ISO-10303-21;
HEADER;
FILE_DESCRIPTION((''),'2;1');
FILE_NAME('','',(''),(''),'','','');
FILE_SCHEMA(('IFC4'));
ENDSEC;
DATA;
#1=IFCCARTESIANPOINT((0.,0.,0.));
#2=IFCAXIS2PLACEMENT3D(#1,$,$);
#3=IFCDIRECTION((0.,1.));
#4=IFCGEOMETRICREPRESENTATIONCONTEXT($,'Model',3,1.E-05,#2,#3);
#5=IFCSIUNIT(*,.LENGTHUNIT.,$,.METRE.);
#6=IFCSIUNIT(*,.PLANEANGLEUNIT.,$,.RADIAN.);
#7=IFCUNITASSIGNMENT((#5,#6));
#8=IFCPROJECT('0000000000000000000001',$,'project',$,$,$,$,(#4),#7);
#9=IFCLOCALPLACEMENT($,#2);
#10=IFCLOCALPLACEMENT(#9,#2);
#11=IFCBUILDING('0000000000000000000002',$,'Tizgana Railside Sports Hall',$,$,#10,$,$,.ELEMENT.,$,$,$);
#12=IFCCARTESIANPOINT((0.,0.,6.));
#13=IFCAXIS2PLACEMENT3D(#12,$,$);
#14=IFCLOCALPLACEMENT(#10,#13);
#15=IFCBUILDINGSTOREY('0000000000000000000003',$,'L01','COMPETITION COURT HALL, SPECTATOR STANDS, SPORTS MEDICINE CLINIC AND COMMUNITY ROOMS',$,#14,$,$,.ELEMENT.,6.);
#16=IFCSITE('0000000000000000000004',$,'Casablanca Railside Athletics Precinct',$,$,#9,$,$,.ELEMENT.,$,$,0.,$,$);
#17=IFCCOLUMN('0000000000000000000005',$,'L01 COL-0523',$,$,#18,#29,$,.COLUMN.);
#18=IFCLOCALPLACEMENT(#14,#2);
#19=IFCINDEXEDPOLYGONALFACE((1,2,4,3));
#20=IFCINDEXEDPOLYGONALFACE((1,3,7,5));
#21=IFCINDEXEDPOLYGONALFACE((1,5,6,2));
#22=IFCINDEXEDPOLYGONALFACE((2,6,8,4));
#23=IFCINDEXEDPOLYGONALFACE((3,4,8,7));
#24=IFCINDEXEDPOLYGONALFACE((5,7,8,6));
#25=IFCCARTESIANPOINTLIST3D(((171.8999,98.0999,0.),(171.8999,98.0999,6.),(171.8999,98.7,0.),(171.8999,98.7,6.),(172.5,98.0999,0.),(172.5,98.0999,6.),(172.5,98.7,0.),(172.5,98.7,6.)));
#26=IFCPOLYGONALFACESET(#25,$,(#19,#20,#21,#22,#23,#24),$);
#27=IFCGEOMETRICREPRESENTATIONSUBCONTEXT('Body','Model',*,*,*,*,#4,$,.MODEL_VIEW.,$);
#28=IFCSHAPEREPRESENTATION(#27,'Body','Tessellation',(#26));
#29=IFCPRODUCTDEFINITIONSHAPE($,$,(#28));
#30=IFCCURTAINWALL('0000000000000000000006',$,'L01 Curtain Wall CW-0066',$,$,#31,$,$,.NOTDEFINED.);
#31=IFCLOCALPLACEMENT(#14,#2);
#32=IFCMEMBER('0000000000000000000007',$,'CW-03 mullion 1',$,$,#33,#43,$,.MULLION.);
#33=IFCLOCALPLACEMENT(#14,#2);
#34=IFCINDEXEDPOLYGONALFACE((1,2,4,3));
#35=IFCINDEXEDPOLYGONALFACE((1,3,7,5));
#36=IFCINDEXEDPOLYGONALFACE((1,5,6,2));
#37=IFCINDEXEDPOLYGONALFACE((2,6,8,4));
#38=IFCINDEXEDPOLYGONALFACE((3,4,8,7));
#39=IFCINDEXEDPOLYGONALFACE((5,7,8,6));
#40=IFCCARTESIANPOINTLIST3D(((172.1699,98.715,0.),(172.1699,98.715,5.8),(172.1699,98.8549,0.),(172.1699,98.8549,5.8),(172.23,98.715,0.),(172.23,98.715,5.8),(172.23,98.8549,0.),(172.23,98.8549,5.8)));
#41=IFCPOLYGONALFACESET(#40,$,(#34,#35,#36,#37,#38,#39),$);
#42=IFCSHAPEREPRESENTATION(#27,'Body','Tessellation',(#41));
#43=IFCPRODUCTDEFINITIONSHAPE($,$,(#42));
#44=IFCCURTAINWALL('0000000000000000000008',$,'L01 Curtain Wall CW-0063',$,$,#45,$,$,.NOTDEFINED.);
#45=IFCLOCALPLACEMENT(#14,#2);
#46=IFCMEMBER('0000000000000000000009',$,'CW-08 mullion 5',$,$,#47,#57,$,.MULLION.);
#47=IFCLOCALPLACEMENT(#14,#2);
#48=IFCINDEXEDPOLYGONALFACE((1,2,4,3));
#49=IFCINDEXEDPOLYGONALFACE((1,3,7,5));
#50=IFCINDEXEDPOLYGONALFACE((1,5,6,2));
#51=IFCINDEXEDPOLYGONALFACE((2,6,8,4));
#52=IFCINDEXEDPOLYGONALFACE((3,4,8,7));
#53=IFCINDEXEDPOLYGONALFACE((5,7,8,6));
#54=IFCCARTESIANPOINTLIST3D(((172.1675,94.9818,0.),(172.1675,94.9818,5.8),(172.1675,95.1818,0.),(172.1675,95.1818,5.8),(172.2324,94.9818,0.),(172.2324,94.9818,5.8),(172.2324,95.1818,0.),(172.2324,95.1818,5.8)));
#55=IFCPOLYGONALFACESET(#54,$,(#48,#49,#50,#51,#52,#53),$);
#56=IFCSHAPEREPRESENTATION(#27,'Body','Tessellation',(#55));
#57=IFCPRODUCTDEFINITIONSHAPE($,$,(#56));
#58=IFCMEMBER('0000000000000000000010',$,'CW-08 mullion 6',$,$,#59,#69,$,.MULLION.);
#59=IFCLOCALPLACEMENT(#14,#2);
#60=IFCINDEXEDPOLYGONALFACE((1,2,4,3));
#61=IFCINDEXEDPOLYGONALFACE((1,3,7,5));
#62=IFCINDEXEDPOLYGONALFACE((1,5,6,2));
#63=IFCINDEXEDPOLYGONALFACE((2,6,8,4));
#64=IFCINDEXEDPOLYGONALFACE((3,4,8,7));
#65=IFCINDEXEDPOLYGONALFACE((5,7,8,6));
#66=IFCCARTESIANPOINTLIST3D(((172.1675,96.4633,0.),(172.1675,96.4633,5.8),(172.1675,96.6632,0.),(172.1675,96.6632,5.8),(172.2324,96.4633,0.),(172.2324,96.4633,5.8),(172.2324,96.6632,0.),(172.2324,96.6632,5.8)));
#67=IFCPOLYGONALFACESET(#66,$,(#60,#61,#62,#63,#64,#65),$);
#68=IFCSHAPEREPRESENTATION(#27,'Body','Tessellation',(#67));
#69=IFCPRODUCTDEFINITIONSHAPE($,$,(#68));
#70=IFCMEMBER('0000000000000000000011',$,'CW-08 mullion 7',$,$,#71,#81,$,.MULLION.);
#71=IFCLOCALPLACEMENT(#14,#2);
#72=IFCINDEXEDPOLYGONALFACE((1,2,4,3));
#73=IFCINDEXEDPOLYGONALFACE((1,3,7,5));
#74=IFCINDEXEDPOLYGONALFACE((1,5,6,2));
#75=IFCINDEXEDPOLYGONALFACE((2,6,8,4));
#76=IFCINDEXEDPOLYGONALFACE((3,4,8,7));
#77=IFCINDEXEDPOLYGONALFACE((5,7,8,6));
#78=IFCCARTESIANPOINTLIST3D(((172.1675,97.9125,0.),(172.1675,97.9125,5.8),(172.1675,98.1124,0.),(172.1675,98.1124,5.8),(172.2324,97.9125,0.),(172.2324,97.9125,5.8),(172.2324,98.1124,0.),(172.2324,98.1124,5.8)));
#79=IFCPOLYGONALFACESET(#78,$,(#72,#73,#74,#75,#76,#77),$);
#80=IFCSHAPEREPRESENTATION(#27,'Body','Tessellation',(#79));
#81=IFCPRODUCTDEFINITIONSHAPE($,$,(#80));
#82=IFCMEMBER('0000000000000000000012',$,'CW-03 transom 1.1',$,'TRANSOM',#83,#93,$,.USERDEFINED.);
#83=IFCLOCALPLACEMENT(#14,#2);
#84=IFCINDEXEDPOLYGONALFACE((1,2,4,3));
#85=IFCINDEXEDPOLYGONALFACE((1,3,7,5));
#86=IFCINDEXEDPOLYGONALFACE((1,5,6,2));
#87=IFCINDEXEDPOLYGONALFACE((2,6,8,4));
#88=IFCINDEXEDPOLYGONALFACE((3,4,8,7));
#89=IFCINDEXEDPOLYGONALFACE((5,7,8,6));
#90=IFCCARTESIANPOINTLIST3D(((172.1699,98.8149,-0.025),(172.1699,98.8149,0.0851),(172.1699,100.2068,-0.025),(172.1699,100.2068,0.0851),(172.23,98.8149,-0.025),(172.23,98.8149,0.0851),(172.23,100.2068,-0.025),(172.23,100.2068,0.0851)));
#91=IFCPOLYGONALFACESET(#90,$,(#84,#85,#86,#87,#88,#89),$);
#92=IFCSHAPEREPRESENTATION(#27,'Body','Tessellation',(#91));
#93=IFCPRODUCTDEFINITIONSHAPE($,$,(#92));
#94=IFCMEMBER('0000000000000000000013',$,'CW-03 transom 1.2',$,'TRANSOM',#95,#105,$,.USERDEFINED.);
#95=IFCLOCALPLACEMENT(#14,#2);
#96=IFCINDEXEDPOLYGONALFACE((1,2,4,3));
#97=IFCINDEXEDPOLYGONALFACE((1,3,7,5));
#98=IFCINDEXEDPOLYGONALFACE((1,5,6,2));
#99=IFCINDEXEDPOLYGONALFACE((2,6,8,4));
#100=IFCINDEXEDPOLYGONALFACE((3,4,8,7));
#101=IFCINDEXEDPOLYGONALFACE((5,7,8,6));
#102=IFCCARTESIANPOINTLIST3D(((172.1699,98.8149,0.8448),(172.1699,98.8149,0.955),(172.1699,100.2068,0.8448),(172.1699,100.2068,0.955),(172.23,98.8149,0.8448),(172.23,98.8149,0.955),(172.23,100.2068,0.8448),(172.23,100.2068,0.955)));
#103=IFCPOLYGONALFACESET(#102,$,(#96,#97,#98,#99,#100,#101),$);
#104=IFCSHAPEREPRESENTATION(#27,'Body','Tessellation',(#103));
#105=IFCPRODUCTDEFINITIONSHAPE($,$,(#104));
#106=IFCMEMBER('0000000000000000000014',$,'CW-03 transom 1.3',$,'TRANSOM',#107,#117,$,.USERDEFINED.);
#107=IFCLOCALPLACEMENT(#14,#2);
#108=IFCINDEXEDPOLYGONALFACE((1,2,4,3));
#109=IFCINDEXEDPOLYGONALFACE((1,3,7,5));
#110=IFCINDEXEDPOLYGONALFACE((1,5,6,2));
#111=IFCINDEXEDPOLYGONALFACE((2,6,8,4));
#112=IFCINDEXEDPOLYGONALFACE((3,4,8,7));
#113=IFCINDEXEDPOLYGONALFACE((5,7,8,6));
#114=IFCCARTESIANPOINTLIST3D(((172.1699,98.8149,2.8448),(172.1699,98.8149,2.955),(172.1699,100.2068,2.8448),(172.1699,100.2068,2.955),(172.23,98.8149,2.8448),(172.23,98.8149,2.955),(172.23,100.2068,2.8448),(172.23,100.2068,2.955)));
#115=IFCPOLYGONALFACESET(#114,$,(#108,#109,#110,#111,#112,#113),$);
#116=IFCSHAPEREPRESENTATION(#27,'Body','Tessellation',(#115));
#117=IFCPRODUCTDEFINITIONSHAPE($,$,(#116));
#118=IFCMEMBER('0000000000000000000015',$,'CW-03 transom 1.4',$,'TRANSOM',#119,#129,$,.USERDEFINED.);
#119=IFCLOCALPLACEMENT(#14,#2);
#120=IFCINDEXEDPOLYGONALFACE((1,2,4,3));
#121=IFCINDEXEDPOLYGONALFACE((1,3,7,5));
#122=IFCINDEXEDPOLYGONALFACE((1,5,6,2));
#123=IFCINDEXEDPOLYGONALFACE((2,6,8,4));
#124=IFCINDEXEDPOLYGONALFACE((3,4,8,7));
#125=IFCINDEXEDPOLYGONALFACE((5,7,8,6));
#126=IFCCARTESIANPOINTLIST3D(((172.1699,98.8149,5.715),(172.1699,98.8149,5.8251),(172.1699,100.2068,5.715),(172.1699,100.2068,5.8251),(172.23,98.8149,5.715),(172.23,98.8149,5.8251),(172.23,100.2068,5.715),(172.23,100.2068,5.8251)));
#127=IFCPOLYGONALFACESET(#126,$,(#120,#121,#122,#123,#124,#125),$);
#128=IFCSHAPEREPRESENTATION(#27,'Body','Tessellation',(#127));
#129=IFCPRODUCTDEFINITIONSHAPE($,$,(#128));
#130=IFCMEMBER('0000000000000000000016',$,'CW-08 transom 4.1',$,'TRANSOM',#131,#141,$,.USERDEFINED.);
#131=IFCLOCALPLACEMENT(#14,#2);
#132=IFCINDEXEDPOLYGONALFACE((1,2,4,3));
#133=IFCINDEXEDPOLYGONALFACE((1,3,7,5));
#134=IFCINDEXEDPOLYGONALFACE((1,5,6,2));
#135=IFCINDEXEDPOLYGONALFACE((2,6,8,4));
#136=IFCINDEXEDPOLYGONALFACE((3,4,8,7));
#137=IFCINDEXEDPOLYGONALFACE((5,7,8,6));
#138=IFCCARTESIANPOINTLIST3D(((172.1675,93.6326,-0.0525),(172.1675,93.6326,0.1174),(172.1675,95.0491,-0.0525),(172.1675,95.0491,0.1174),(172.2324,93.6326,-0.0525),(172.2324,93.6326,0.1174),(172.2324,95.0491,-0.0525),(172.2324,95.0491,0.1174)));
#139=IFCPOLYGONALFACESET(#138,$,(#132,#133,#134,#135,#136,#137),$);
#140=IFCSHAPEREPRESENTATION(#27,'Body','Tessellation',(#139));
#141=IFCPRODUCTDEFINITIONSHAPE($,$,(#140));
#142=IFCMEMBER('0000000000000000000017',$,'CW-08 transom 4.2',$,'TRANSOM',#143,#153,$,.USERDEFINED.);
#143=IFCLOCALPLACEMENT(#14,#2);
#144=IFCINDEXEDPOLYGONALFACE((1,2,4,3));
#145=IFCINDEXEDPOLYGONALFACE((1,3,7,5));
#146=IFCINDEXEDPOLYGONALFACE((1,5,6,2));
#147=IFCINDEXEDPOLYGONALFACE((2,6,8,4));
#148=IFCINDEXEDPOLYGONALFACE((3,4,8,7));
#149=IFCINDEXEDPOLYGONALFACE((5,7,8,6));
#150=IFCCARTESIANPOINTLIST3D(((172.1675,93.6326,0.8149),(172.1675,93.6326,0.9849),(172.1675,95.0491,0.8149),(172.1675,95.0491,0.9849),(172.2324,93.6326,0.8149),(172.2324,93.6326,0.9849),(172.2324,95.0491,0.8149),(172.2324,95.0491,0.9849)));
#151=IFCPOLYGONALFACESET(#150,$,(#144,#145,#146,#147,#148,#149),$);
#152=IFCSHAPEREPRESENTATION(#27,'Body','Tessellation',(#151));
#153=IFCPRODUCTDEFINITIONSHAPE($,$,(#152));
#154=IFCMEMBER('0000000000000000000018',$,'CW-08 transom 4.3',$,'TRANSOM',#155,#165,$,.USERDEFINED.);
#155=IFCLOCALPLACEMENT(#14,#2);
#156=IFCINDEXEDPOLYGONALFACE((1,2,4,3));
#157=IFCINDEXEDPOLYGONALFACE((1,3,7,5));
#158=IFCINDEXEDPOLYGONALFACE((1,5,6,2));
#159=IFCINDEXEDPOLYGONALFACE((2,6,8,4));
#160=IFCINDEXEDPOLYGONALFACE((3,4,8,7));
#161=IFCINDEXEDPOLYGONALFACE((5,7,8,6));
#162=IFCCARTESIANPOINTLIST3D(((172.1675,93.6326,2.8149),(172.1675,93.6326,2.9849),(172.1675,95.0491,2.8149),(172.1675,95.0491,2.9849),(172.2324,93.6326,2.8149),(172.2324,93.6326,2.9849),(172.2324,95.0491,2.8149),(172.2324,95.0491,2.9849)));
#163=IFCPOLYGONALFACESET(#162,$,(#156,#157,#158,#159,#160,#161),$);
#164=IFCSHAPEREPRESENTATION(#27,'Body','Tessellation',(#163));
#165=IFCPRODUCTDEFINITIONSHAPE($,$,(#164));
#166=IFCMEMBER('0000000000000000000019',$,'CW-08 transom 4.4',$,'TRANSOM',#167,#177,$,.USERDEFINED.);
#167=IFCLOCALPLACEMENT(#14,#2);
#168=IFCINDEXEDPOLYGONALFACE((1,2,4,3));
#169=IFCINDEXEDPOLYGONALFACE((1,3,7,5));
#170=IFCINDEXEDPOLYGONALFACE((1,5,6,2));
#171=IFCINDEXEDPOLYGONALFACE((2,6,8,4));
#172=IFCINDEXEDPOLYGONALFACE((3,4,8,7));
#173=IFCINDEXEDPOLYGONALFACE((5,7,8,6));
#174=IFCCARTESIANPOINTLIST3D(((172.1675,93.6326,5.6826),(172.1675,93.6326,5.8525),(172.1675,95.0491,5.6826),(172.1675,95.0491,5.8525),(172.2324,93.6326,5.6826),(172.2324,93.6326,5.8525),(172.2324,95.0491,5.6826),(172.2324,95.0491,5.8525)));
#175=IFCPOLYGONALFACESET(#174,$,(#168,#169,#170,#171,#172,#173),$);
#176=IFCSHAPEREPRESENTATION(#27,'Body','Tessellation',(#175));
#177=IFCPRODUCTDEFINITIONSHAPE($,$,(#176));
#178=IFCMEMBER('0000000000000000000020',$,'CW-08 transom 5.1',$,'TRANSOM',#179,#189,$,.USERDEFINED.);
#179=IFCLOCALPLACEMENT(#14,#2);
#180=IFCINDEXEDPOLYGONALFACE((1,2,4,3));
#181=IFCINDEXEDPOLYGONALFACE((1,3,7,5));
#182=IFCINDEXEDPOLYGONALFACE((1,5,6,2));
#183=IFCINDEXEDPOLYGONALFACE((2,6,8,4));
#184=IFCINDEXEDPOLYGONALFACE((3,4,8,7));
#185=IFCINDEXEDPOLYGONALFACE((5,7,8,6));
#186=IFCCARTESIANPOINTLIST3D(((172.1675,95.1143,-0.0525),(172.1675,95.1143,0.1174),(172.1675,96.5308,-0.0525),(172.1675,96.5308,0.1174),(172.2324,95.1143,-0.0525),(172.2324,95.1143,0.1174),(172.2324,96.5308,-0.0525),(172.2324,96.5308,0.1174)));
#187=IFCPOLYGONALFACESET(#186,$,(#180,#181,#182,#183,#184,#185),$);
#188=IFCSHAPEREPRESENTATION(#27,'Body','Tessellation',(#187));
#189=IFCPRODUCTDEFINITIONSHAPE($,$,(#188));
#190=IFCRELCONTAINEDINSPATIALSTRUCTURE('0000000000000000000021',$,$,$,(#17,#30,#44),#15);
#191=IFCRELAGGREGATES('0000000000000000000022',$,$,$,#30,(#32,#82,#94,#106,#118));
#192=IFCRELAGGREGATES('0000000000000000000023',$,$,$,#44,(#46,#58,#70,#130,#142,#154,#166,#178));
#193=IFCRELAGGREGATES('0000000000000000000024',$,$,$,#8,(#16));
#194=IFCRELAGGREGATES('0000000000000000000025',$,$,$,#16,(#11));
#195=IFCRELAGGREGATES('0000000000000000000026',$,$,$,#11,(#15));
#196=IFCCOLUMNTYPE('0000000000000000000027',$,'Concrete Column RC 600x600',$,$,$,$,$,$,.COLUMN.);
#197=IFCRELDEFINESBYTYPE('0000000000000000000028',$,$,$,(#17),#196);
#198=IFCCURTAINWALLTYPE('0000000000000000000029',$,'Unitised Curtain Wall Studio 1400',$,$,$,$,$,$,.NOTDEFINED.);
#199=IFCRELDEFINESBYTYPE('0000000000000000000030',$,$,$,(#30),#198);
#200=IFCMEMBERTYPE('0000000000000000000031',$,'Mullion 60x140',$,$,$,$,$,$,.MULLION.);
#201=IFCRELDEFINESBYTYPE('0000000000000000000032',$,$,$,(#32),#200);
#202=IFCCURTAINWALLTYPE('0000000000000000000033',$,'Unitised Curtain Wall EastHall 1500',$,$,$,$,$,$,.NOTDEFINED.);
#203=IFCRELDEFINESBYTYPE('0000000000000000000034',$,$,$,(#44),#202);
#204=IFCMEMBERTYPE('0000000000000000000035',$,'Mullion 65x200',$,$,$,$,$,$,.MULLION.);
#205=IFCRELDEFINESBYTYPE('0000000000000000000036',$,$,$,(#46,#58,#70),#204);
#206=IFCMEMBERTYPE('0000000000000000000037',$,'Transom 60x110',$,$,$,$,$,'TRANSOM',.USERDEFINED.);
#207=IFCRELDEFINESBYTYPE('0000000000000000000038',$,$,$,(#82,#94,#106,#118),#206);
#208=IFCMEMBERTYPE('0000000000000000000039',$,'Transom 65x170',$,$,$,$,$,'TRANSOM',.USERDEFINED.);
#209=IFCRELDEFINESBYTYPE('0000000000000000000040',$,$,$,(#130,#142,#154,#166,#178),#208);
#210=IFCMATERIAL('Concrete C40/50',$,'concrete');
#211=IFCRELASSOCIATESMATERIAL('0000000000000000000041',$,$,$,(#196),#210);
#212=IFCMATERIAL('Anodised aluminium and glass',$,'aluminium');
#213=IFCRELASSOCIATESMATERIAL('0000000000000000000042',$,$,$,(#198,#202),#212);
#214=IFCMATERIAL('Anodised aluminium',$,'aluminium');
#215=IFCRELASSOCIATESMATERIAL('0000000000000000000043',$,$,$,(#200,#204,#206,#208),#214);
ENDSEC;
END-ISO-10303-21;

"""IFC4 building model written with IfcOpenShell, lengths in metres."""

from ifc_helpers import new_model, si_unit, direction, frame, origin, origin_2d, place, context, subcontext, project, spatial, rectangle, extrude, material, material_profile, profile_set, type_object, element, aggregate, save


model = new_model("IFC4")

# Units and contexts
model_context = context("Model", 3, precision=1e-05, world=origin(), true_north=direction((0.0, 1.0)))
body_context = subcontext(model_context, "Body", "Model", "MODEL_VIEW")
ifc_project = project(units=[si_unit("LENGTHUNIT", "METRE"), si_unit("PLANEANGLEUNIT", "RADIAN")], contexts=[model_context])

# Site, building, storey
site_placement = place(None, origin())
site = spatial("IfcSite", under=ifc_project, at=site_placement, Name="Casablanca Railside Athletics Precinct", CompositionType="ELEMENT", RefElevation=0.0)
building_placement = place(site_placement, origin())
building = spatial("IfcBuilding", under=site, at=building_placement, Name="Tizgana Railside Sports Hall", CompositionType="ELEMENT")
storey_placement = place(building_placement, frame((0.0, 0.0, 6.0)))
storey = spatial("IfcBuildingStorey", under=building, at=storey_placement, Name="L01", Description="COMPETITION COURT HALL, SPECTATOR STANDS, SPORTS MEDICINE CLINIC AND COMMUNITY ROOMS", CompositionType="ELEMENT", Elevation=6.0)

# Column
ifc_material_1 = material(Name="Concrete C40/50", Category="concrete")
ifc_material_profile_1 = material_profile(ifc_material_1, rectangle(XDim=0.6001, YDim=0.6001, at=origin_2d()), Name="RC 600x600")
ifc_profile_set_1 = profile_set([ifc_material_profile_1], Name="Concrete C40/50")
column_type = type_object("IfcColumnType", Name="Concrete Column RC 600x600", PredefinedType="COLUMN", material=ifc_profile_set_1)
column_placement = place(storey_placement, frame((172.2, 98.3999, 0.0), z_axis=(0.0, 0.0, 1.0), x_axis=(1.0, 0.0, 0.0)))
element("IfcColumn", 1, at=column_placement, inside=storey, type_object=column_type, Name="L01 COL-0523", PredefinedType="COLUMN", context=body_context, shape_type="SweptSolid", body=[
    extrude(rectangle(XDim=0.6001, YDim=0.6001, at=origin_2d()), origin(), (0.0, 0.0, 1.0), 6.0),
])

# Curtain wall, member
ifc_material_2 = material(Name="Anodised aluminium and glass", Category="aluminium")
curtain_wall_type_1 = type_object("IfcCurtainWallType", Name="Unitised Curtain Wall Studio 1400", PredefinedType="NOTDEFINED", material=ifc_material_2)
curtain_wall_1_placement = place(storey_placement, origin())
curtain_wall_1 = element("IfcCurtainWall", 2, at=curtain_wall_1_placement, inside=storey, type_object=curtain_wall_type_1, Name="L01 Curtain Wall CW-0066", PredefinedType="NOTDEFINED")
ifc_material_3 = material(Name="Anodised aluminium", Category="aluminium")
ifc_material_profile_2 = material_profile(ifc_material_3, rectangle(XDim=0.0601, YDim=0.1399, at=origin_2d()), Name="Mullion 60x140")
ifc_profile_set_2 = profile_set([ifc_material_profile_2], Name="Anodised aluminium")
member_type_1 = type_object("IfcMemberType", Name="Mullion 60x140", PredefinedType="MULLION", material=ifc_profile_set_2)
member_1_placement = place(storey_placement, frame((172.2, 98.7849, 0.0), z_axis=(0.0, 0.0, 1.0), x_axis=(-1.0, 0.0, 0.0)))
member_1 = element("IfcMember", 3, at=member_1_placement, type_object=member_type_1, Name="CW-03 mullion 1", PredefinedType="MULLION", context=body_context, shape_type="SweptSolid", body=[
    extrude(rectangle(XDim=0.0601, YDim=0.1399, at=origin_2d()), origin(), (0.0, 0.0, 1.0), 5.8),
])

# Curtain wall, members
curtain_wall_type_2 = type_object("IfcCurtainWallType", Name="Unitised Curtain Wall EastHall 1500", PredefinedType="NOTDEFINED", material=ifc_material_2)
curtain_wall_2_placement = place(storey_placement, origin())
curtain_wall_2 = element("IfcCurtainWall", 4, at=curtain_wall_2_placement, inside=storey, type_object=curtain_wall_type_2, Name="L01 Curtain Wall CW-0063", PredefinedType="NOTDEFINED")
ifc_material_profile_3 = material_profile(ifc_material_3, rectangle(XDim=0.0649, YDim=0.2, at=origin_2d()), Name="Mullion 65x200")
ifc_profile_set_3 = profile_set([ifc_material_profile_3], Name="Anodised aluminium")
member_type_2 = type_object("IfcMemberType", Name="Mullion 65x200", PredefinedType="MULLION", material=ifc_profile_set_3)
member_2_placement = place(storey_placement, frame((172.2, 95.0818, 0.0), z_axis=(0.0, 0.0, 1.0), x_axis=(-1.0, 0.0, 0.0)))
member_2 = element("IfcMember", 5, at=member_2_placement, type_object=member_type_2, Name="CW-08 mullion 5", PredefinedType="MULLION", context=body_context, shape_type="SweptSolid", body=[
    extrude(rectangle(XDim=0.0649, YDim=0.2, at=origin_2d()), origin(), (0.0, 0.0, 1.0), 5.8),
])
member_3_placement = place(storey_placement, frame((172.2, 96.5632, 0.0), z_axis=(0.0, 0.0, 1.0), x_axis=(-1.0, 0.0, 0.0)))
member_3 = element("IfcMember", 6, at=member_3_placement, type_object=member_type_2, Name="CW-08 mullion 6", PredefinedType="MULLION", context=body_context, shape_type="SweptSolid", body=[
    extrude(rectangle(XDim=0.0649, YDim=0.2, at=origin_2d()), origin(), (0.0, 0.0, 1.0), 5.8),
])
member_4_placement = place(storey_placement, frame((172.2, 98.0125, 0.0), z_axis=(0.0, 0.0, 1.0), x_axis=(-1.0, 0.0, 0.0)))
member_4 = element("IfcMember", 7, at=member_4_placement, type_object=member_type_2, Name="CW-08 mullion 7", PredefinedType="MULLION", context=body_context, shape_type="SweptSolid", body=[
    extrude(rectangle(XDim=0.0649, YDim=0.2, at=origin_2d()), origin(), (0.0, 0.0, 1.0), 5.8),
])

# Members
ifc_material_profile_4 = material_profile(ifc_material_3, rectangle(XDim=0.0601, YDim=0.1101, at=origin_2d()), Name="Transom 60x110")
ifc_profile_set_4 = profile_set([ifc_material_profile_4], Name="Anodised aluminium")
member_type_3 = type_object("IfcMemberType", Name="Transom 60x110", ElementType="TRANSOM", PredefinedType="USERDEFINED", material=ifc_profile_set_4)
member_5_placement = place(storey_placement, frame((172.2, 98.8149, 0.03), z_axis=(0.0, 1.0, 0.0), x_axis=(-1.0, 0.0, 0.0)))
member_5 = element("IfcMember", 8, at=member_5_placement, type_object=member_type_3, Name="CW-03 transom 1.1", ObjectType="TRANSOM", PredefinedType="USERDEFINED", context=body_context, shape_type="SweptSolid", body=[
    extrude(rectangle(XDim=0.0601, YDim=0.1101, at=origin_2d()), origin(), (0.0, 0.0, 1.0), 1.3918),
])
member_6_placement = place(storey_placement, frame((172.2, 98.8149, 0.8999), z_axis=(0.0, 1.0, 0.0), x_axis=(-1.0, 0.0, 0.0)))
member_6 = element("IfcMember", 9, at=member_6_placement, type_object=member_type_3, Name="CW-03 transom 1.2", ObjectType="TRANSOM", PredefinedType="USERDEFINED", context=body_context, shape_type="SweptSolid", body=[
    extrude(rectangle(XDim=0.0601, YDim=0.1101, at=origin_2d()), origin(), (0.0, 0.0, 1.0), 1.3918),
])
member_7_placement = place(storey_placement, frame((172.2, 98.8149, 2.8999), z_axis=(0.0, 1.0, 0.0), x_axis=(-1.0, 0.0, 0.0)))
member_7 = element("IfcMember", 10, at=member_7_placement, type_object=member_type_3, Name="CW-03 transom 1.3", ObjectType="TRANSOM", PredefinedType="USERDEFINED", context=body_context, shape_type="SweptSolid", body=[
    extrude(rectangle(XDim=0.0601, YDim=0.1101, at=origin_2d()), origin(), (0.0, 0.0, 1.0), 1.3918),
])
member_8_placement = place(storey_placement, frame((172.2, 98.8149, 5.77), z_axis=(0.0, 1.0, 0.0), x_axis=(-1.0, 0.0, 0.0)))
member_8 = element("IfcMember", 11, at=member_8_placement, type_object=member_type_3, Name="CW-03 transom 1.4", ObjectType="TRANSOM", PredefinedType="USERDEFINED", context=body_context, shape_type="SweptSolid", body=[
    extrude(rectangle(XDim=0.0601, YDim=0.1101, at=origin_2d()), origin(), (0.0, 0.0, 1.0), 1.3918),
])
ifc_material_profile_5 = material_profile(ifc_material_3, rectangle(XDim=0.0649, YDim=0.1699, at=origin_2d()), Name="Transom 65x170")
ifc_profile_set_5 = profile_set([ifc_material_profile_5], Name="Anodised aluminium")
member_type_4 = type_object("IfcMemberType", Name="Transom 65x170", ElementType="TRANSOM", PredefinedType="USERDEFINED", material=ifc_profile_set_5)
member_9_placement = place(storey_placement, frame((172.2, 93.6326, 0.0325), z_axis=(0.0, 1.0, 0.0), x_axis=(-1.0, 0.0, 0.0)))
member_9 = element("IfcMember", 12, at=member_9_placement, type_object=member_type_4, Name="CW-08 transom 4.1", ObjectType="TRANSOM", PredefinedType="USERDEFINED", context=body_context, shape_type="SweptSolid", body=[
    extrude(rectangle(XDim=0.0649, YDim=0.1699, at=origin_2d()), origin(), (0.0, 0.0, 1.0), 1.4165),
])
member_10_placement = place(storey_placement, frame((172.2, 93.6326, 0.8999), z_axis=(0.0, 1.0, 0.0), x_axis=(-1.0, 0.0, 0.0)))
member_10 = element("IfcMember", 13, at=member_10_placement, type_object=member_type_4, Name="CW-08 transom 4.2", ObjectType="TRANSOM", PredefinedType="USERDEFINED", context=body_context, shape_type="SweptSolid", body=[
    extrude(rectangle(XDim=0.0649, YDim=0.1699, at=origin_2d()), origin(), (0.0, 0.0, 1.0), 1.4165),
])
member_11_placement = place(storey_placement, frame((172.2, 93.6326, 2.8999), z_axis=(0.0, 1.0, 0.0), x_axis=(-1.0, 0.0, 0.0)))
member_11 = element("IfcMember", 14, at=member_11_placement, type_object=member_type_4, Name="CW-08 transom 4.3", ObjectType="TRANSOM", PredefinedType="USERDEFINED", context=body_context, shape_type="SweptSolid", body=[
    extrude(rectangle(XDim=0.0649, YDim=0.1699, at=origin_2d()), origin(), (0.0, 0.0, 1.0), 1.4165),
])
member_12_placement = place(storey_placement, frame((172.2, 93.6326, 5.7676), z_axis=(0.0, 1.0, 0.0), x_axis=(-1.0, 0.0, 0.0)))
member_12 = element("IfcMember", 15, at=member_12_placement, type_object=member_type_4, Name="CW-08 transom 4.4", ObjectType="TRANSOM", PredefinedType="USERDEFINED", context=body_context, shape_type="SweptSolid", body=[
    extrude(rectangle(XDim=0.0649, YDim=0.1699, at=origin_2d()), origin(), (0.0, 0.0, 1.0), 1.4165),
])
member_13_placement = place(storey_placement, frame((172.2, 95.1143, 0.0325), z_axis=(0.0, 1.0, 0.0), x_axis=(-1.0, 0.0, 0.0)))
member_13 = element("IfcMember", 16, at=member_13_placement, type_object=member_type_4, Name="CW-08 transom 5.1", ObjectType="TRANSOM", PredefinedType="USERDEFINED", context=body_context, shape_type="SweptSolid", body=[
    extrude(rectangle(XDim=0.0649, YDim=0.1699, at=origin_2d()), origin(), (0.0, 0.0, 1.0), 1.4165),
])

aggregate(curtain_wall_1, [member_1, member_5, member_6, member_7, member_8])
aggregate(curtain_wall_2, [member_2, member_3, member_4, member_9, member_10, member_11, member_12, member_13])

save(model, "model.ifc")
